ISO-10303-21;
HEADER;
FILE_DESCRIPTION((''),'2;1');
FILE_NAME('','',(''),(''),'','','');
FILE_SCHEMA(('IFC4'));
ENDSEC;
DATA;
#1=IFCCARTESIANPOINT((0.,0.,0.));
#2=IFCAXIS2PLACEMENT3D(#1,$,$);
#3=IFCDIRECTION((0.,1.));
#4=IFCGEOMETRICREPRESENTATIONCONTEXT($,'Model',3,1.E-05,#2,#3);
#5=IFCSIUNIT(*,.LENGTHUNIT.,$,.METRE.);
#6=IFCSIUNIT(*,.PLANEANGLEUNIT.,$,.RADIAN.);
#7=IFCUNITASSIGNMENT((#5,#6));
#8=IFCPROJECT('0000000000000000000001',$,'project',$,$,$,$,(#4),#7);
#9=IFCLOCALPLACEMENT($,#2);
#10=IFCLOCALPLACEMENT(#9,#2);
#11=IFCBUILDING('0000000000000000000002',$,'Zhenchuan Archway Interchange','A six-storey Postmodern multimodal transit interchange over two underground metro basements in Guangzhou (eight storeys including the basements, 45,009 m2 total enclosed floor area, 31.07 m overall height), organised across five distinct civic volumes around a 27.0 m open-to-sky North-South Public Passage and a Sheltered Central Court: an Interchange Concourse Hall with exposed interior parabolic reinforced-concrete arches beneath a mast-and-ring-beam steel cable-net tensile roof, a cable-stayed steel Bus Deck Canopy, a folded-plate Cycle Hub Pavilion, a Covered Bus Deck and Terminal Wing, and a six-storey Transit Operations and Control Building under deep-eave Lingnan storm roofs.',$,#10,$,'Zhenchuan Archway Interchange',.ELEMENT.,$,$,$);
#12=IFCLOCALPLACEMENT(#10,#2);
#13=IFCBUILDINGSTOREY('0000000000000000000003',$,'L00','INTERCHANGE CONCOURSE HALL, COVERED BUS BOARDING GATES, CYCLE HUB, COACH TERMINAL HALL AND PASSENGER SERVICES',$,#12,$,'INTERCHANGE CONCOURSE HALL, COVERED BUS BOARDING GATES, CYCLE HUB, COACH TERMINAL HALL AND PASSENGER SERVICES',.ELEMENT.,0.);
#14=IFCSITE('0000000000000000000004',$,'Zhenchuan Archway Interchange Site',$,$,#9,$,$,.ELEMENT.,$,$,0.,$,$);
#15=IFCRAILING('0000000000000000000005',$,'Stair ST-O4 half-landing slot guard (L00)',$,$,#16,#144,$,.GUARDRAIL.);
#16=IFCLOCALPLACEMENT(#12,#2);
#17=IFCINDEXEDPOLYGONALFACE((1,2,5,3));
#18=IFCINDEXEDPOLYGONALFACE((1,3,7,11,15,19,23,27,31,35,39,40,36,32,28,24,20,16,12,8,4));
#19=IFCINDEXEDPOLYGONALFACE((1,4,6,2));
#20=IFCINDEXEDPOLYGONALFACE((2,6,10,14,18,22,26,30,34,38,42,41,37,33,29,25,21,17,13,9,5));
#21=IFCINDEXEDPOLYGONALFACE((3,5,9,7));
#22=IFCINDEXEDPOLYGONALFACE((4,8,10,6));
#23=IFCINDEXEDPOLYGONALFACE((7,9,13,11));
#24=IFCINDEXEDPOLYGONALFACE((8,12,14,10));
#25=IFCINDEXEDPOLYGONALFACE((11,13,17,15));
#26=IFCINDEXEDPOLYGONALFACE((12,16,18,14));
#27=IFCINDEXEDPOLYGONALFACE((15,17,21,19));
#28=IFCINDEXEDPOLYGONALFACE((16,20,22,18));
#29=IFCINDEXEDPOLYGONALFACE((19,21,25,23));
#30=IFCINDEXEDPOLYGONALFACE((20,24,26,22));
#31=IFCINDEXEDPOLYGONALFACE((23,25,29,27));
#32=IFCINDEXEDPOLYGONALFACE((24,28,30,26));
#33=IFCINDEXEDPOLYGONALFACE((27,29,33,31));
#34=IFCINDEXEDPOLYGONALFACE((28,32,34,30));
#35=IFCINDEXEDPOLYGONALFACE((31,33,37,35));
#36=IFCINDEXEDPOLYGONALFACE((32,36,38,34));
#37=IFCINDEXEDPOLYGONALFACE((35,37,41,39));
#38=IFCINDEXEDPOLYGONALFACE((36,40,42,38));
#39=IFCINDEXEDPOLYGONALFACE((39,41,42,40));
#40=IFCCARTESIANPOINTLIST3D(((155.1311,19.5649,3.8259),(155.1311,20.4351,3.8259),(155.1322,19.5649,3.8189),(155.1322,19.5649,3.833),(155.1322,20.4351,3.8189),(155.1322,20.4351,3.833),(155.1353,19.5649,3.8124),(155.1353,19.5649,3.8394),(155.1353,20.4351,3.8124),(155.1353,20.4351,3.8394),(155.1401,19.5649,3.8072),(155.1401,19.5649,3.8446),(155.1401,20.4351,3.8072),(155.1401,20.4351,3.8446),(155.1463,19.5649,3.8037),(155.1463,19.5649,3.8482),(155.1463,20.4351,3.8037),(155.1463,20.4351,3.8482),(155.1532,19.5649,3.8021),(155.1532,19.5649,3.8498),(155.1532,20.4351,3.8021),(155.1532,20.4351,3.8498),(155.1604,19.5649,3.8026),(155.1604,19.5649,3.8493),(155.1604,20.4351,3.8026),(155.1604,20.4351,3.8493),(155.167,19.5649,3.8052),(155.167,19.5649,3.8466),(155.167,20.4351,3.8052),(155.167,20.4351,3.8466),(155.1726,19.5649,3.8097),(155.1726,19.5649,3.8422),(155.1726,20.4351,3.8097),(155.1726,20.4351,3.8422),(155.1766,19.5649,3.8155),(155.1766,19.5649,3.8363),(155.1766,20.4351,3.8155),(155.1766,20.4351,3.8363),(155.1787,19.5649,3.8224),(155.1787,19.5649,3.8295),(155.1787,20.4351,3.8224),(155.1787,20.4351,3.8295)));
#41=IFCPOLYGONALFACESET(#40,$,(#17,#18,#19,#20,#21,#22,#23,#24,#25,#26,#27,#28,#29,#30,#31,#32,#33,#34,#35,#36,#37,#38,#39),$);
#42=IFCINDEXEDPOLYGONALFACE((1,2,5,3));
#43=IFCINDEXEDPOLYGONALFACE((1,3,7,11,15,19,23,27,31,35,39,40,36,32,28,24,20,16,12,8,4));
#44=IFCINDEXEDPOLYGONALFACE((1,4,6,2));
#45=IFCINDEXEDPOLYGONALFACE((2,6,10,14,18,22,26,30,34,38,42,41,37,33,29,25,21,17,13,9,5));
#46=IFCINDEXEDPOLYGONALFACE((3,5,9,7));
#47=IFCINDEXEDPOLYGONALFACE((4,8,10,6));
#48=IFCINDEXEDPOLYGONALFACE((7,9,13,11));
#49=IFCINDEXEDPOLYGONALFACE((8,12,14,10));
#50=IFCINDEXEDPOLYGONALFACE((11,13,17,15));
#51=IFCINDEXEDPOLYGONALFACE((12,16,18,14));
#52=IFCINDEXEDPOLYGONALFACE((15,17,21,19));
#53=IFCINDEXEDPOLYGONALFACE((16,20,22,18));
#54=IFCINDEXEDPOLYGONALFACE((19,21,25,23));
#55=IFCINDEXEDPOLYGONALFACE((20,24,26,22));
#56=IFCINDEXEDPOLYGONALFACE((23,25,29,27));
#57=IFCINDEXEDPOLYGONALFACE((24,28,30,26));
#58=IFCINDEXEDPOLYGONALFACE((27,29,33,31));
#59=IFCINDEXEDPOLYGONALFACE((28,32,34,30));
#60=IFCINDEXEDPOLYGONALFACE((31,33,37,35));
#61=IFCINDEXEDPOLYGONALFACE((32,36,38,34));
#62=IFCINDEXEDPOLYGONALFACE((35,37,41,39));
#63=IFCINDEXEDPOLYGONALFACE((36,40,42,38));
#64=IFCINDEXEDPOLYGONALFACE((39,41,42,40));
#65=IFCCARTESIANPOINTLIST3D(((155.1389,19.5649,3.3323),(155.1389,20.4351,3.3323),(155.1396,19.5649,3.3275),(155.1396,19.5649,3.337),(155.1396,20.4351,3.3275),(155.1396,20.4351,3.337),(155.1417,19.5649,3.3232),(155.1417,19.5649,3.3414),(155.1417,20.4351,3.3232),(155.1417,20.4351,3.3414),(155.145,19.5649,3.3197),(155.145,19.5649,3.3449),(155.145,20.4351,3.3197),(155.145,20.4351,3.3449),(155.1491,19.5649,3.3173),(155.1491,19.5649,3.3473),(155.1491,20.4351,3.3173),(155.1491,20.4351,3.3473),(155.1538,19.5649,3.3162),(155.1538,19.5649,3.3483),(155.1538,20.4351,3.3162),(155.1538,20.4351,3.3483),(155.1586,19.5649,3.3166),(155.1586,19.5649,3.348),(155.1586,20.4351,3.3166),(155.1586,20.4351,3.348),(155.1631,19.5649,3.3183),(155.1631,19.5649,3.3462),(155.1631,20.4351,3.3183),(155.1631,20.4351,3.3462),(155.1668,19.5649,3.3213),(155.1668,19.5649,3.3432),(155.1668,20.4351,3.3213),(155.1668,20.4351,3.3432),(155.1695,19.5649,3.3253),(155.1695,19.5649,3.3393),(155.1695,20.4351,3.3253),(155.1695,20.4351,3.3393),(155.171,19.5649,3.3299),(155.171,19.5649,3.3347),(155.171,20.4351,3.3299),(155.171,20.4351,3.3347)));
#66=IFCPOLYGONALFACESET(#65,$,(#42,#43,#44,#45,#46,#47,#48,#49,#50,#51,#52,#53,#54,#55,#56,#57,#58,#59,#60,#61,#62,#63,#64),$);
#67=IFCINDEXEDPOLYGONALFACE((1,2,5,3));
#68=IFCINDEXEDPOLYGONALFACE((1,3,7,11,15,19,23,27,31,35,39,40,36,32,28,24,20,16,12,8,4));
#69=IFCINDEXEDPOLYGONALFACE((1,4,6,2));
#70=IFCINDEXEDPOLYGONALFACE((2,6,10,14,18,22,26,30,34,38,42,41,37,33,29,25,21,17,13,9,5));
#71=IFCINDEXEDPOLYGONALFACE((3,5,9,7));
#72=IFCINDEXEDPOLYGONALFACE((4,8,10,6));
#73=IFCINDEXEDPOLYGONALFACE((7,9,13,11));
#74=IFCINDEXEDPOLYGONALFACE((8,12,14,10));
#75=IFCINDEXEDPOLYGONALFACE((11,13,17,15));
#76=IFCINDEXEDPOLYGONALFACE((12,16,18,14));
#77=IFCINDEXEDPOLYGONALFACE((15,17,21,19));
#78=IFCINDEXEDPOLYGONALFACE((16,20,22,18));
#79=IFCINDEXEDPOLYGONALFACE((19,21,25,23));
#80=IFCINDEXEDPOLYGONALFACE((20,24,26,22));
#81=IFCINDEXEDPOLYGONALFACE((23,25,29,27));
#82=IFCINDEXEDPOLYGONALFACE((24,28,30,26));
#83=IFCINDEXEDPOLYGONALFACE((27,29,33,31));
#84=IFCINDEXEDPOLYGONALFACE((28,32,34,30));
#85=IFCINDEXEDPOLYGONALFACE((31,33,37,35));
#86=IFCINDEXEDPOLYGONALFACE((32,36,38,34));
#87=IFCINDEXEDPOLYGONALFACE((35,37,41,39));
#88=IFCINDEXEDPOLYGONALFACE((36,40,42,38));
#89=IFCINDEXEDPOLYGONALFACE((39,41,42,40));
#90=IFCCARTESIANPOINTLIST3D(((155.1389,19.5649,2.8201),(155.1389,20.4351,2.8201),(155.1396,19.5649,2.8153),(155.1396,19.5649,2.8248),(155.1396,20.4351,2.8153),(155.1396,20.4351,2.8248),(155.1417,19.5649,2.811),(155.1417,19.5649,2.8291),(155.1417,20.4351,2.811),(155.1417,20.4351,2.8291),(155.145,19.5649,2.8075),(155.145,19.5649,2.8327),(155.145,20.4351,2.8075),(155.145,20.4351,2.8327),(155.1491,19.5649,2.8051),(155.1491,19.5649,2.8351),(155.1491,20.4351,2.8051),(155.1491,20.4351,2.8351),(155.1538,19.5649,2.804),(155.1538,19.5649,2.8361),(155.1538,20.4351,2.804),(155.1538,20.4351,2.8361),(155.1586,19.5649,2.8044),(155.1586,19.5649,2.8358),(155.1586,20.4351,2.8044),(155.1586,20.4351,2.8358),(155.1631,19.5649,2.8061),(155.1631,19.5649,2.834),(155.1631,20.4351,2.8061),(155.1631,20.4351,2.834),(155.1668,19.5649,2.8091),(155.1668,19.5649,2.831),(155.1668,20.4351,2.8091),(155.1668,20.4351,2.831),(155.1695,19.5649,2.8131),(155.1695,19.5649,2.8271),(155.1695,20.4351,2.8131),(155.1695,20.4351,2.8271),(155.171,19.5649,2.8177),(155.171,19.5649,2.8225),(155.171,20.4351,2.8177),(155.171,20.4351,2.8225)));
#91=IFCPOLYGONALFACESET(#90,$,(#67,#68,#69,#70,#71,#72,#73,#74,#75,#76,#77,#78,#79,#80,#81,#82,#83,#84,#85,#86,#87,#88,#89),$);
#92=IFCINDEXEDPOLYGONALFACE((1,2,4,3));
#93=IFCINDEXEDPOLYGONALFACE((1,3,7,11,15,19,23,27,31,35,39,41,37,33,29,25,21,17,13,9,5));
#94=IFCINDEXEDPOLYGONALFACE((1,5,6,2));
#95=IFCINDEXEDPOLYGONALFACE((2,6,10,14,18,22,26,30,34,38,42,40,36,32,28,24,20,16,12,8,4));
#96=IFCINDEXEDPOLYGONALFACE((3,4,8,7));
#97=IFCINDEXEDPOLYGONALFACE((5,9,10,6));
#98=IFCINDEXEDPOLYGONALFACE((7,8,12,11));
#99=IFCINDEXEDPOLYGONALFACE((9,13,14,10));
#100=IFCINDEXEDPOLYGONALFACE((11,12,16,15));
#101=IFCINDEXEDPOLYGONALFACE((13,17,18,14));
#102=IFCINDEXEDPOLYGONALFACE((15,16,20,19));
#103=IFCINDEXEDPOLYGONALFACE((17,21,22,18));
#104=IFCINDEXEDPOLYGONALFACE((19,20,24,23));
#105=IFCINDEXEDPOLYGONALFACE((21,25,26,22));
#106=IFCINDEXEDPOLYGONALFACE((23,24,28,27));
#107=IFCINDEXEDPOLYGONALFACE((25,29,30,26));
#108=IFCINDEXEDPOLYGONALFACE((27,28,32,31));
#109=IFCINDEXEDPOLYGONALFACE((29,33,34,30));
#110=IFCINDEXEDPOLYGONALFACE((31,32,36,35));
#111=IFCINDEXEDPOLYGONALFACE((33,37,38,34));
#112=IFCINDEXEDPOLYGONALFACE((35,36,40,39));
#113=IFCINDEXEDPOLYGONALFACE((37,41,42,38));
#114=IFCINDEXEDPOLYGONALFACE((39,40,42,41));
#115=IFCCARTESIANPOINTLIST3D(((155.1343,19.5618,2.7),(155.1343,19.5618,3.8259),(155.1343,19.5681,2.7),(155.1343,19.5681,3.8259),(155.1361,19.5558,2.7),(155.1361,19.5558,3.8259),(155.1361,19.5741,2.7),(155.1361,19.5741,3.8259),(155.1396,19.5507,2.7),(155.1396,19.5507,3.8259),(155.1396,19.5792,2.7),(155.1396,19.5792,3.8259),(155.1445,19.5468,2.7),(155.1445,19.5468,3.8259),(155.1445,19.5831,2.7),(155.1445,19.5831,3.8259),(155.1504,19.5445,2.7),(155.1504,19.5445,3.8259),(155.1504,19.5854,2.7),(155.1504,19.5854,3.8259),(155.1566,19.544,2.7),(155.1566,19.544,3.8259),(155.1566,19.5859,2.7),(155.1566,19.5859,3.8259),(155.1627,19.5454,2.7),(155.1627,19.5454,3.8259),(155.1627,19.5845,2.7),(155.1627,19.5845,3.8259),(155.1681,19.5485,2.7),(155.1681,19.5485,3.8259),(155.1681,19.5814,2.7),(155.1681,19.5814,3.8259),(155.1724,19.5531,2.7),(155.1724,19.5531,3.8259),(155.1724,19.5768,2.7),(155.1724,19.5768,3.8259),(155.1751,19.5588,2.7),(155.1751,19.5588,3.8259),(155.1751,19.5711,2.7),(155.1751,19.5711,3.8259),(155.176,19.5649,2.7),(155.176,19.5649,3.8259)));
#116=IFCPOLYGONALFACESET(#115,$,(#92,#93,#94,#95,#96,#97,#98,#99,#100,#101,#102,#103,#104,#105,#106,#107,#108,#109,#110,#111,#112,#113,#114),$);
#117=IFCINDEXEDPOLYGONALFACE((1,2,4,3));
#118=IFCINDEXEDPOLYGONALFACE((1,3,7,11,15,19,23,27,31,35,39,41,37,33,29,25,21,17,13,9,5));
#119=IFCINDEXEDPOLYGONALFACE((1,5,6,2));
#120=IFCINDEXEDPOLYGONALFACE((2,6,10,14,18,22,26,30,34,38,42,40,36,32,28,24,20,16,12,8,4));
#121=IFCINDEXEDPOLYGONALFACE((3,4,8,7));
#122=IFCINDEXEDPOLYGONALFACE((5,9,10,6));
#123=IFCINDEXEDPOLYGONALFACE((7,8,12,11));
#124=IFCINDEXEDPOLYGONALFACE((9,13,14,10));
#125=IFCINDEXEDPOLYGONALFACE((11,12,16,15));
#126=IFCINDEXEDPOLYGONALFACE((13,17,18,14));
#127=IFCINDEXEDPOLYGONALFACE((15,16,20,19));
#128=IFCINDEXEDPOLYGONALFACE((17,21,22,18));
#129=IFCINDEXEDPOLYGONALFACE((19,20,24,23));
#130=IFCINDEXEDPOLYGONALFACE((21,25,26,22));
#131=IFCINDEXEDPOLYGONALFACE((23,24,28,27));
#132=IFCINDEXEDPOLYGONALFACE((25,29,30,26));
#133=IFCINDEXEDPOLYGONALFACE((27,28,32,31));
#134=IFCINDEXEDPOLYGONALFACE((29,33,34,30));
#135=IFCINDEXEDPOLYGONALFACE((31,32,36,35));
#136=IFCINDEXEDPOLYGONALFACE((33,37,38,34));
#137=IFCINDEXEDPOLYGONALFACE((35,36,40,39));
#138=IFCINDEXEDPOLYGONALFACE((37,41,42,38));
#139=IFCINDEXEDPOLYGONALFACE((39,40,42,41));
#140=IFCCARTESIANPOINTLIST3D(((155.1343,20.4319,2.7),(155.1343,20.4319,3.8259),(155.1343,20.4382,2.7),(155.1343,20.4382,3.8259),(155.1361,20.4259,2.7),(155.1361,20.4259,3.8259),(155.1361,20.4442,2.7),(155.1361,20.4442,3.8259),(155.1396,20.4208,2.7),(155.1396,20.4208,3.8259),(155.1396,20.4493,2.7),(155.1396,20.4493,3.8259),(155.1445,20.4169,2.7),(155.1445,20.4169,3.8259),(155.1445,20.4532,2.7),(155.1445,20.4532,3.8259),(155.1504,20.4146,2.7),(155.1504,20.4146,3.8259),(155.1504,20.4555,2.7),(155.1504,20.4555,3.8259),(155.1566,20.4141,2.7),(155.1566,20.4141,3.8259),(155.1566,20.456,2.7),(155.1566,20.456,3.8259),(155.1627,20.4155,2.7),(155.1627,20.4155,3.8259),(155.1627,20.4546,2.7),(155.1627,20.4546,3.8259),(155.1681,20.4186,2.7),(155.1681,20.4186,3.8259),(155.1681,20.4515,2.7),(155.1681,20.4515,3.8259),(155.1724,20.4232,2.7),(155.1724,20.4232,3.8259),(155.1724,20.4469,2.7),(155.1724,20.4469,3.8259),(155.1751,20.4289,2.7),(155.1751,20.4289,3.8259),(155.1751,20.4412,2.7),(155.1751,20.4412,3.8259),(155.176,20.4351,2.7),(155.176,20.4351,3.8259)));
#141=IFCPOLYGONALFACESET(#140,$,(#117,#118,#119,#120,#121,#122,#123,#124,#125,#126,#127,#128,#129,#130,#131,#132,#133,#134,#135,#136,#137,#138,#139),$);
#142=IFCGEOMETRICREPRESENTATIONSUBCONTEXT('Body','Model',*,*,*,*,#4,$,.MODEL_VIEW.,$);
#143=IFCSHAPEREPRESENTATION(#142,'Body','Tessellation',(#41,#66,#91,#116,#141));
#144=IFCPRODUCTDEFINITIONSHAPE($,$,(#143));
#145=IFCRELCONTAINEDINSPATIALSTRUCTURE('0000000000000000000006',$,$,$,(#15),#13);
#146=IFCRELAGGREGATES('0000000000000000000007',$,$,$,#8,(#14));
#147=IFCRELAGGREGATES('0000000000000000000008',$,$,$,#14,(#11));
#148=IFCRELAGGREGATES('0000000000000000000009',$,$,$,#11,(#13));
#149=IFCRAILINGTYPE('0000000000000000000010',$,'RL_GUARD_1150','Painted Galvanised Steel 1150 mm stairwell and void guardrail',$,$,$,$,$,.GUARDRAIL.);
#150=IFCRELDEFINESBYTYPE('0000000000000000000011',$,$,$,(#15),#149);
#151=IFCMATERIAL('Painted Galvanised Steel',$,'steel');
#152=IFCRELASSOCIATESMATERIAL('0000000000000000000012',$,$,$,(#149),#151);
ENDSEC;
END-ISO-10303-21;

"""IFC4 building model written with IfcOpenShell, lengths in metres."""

from ifc_helpers import new_model, si_unit, direction, frame, origin, origin_2d, place, context, subcontext, project, spatial, circle, extrude, material, type_object, element, save


model = new_model("IFC4")

# Units and contexts
model_context = context("Model", 3, precision=1e-05, world=origin(), true_north=direction((0.0, 1.0)))
body_context = subcontext(model_context, "Body", "Model", "MODEL_VIEW")
ifc_project = project(units=[si_unit("LENGTHUNIT", "METRE"), si_unit("PLANEANGLEUNIT", "RADIAN")], contexts=[model_context])

# Site, building, storey
site_placement = place(None, origin())
site = spatial("IfcSite", under=ifc_project, at=site_placement, Name="Zhenchuan Archway Interchange Site", CompositionType="ELEMENT", RefElevation=0.0)
building_placement = place(site_placement, origin())
building = spatial("IfcBuilding", under=site, at=building_placement, Name="Zhenchuan Archway Interchange", Description="A six-storey Postmodern multimodal transit interchange over two underground metro basements in Guangzhou (eight storeys including the basements, 45,009 m2 total enclosed floor area, 31.07 m overall height), organised across five distinct civic volumes around a 27.0 m open-to-sky North-South Public Passage and a Sheltered Central Court: an Interchange Concourse Hall with exposed interior parabolic reinforced-concrete arches beneath a mast-and-ring-beam steel cable-net tensile roof, a cable-stayed steel Bus Deck Canopy, a folded-plate Cycle Hub Pavilion, a Covered Bus Deck and Terminal Wing, and a six-storey Transit Operations and Control Building under deep-eave Lingnan storm roofs.", LongName="Zhenchuan Archway Interchange", CompositionType="ELEMENT")
storey_placement = place(building_placement, origin())
storey = spatial("IfcBuildingStorey", under=building, at=storey_placement, Name="L00", Description="INTERCHANGE CONCOURSE HALL, COVERED BUS BOARDING GATES, CYCLE HUB, COACH TERMINAL HALL AND PASSENGER SERVICES", LongName="INTERCHANGE CONCOURSE HALL, COVERED BUS BOARDING GATES, CYCLE HUB, COACH TERMINAL HALL AND PASSENGER SERVICES", CompositionType="ELEMENT", Elevation=0.0)

# Shared definitions
ifc_material_1 = material(Name="Painted Galvanised Steel", Category="steel")

# Railing
railing_type_1 = type_object("IfcRailingType", Name="RL_GUARD_1150", Description="Painted Galvanised Steel 1150 mm stairwell and void guardrail", PredefinedType="GUARDRAIL", material=ifc_material_1)
railing_placement = place(storey_placement, frame((155.155, 19.5649, 2.7)))
element("IfcRailing", 1, at=railing_placement, inside=storey, type_object=railing_type_1, Name="Stair ST-O4 half-landing slot guard (L00)", PredefinedType="GUARDRAIL", context=body_context, shape_type="SweptSolid", body=[
    extrude(circle(Radius=0.0239, at=origin_2d()), frame((0.0, 0.0, 1.126), z_axis=(0.0, 1.0, 0.0), x_axis=(-1.0, 0.0, 0.0)), (0.0, 0.0, 1.0), 0.8701),
    extrude(circle(Radius=0.0161, at=origin_2d()), frame((0.0, 0.0, 0.6323), z_axis=(0.0, 1.0, 0.0), x_axis=(-1.0, 0.0, 0.0)), (0.0, 0.0, 1.0), 0.8701),
    extrude(circle(Radius=0.0161, at=origin_2d()), frame((0.0, 0.0, 0.1201), z_axis=(0.0, 1.0, 0.0), x_axis=(-1.0, 0.0, 0.0)), (0.0, 0.0, 1.0), 0.8701),
    extrude(circle(Radius=0.021, at=origin_2d()), origin(), (0.0, 0.0, 1.0), 1.126),
    extrude(circle(Radius=0.021, at=origin_2d()), frame((0.0, 0.8701, 0.0)), (0.0, 0.0, 1.0), 1.126),
])

save(model, "model.ifc")
